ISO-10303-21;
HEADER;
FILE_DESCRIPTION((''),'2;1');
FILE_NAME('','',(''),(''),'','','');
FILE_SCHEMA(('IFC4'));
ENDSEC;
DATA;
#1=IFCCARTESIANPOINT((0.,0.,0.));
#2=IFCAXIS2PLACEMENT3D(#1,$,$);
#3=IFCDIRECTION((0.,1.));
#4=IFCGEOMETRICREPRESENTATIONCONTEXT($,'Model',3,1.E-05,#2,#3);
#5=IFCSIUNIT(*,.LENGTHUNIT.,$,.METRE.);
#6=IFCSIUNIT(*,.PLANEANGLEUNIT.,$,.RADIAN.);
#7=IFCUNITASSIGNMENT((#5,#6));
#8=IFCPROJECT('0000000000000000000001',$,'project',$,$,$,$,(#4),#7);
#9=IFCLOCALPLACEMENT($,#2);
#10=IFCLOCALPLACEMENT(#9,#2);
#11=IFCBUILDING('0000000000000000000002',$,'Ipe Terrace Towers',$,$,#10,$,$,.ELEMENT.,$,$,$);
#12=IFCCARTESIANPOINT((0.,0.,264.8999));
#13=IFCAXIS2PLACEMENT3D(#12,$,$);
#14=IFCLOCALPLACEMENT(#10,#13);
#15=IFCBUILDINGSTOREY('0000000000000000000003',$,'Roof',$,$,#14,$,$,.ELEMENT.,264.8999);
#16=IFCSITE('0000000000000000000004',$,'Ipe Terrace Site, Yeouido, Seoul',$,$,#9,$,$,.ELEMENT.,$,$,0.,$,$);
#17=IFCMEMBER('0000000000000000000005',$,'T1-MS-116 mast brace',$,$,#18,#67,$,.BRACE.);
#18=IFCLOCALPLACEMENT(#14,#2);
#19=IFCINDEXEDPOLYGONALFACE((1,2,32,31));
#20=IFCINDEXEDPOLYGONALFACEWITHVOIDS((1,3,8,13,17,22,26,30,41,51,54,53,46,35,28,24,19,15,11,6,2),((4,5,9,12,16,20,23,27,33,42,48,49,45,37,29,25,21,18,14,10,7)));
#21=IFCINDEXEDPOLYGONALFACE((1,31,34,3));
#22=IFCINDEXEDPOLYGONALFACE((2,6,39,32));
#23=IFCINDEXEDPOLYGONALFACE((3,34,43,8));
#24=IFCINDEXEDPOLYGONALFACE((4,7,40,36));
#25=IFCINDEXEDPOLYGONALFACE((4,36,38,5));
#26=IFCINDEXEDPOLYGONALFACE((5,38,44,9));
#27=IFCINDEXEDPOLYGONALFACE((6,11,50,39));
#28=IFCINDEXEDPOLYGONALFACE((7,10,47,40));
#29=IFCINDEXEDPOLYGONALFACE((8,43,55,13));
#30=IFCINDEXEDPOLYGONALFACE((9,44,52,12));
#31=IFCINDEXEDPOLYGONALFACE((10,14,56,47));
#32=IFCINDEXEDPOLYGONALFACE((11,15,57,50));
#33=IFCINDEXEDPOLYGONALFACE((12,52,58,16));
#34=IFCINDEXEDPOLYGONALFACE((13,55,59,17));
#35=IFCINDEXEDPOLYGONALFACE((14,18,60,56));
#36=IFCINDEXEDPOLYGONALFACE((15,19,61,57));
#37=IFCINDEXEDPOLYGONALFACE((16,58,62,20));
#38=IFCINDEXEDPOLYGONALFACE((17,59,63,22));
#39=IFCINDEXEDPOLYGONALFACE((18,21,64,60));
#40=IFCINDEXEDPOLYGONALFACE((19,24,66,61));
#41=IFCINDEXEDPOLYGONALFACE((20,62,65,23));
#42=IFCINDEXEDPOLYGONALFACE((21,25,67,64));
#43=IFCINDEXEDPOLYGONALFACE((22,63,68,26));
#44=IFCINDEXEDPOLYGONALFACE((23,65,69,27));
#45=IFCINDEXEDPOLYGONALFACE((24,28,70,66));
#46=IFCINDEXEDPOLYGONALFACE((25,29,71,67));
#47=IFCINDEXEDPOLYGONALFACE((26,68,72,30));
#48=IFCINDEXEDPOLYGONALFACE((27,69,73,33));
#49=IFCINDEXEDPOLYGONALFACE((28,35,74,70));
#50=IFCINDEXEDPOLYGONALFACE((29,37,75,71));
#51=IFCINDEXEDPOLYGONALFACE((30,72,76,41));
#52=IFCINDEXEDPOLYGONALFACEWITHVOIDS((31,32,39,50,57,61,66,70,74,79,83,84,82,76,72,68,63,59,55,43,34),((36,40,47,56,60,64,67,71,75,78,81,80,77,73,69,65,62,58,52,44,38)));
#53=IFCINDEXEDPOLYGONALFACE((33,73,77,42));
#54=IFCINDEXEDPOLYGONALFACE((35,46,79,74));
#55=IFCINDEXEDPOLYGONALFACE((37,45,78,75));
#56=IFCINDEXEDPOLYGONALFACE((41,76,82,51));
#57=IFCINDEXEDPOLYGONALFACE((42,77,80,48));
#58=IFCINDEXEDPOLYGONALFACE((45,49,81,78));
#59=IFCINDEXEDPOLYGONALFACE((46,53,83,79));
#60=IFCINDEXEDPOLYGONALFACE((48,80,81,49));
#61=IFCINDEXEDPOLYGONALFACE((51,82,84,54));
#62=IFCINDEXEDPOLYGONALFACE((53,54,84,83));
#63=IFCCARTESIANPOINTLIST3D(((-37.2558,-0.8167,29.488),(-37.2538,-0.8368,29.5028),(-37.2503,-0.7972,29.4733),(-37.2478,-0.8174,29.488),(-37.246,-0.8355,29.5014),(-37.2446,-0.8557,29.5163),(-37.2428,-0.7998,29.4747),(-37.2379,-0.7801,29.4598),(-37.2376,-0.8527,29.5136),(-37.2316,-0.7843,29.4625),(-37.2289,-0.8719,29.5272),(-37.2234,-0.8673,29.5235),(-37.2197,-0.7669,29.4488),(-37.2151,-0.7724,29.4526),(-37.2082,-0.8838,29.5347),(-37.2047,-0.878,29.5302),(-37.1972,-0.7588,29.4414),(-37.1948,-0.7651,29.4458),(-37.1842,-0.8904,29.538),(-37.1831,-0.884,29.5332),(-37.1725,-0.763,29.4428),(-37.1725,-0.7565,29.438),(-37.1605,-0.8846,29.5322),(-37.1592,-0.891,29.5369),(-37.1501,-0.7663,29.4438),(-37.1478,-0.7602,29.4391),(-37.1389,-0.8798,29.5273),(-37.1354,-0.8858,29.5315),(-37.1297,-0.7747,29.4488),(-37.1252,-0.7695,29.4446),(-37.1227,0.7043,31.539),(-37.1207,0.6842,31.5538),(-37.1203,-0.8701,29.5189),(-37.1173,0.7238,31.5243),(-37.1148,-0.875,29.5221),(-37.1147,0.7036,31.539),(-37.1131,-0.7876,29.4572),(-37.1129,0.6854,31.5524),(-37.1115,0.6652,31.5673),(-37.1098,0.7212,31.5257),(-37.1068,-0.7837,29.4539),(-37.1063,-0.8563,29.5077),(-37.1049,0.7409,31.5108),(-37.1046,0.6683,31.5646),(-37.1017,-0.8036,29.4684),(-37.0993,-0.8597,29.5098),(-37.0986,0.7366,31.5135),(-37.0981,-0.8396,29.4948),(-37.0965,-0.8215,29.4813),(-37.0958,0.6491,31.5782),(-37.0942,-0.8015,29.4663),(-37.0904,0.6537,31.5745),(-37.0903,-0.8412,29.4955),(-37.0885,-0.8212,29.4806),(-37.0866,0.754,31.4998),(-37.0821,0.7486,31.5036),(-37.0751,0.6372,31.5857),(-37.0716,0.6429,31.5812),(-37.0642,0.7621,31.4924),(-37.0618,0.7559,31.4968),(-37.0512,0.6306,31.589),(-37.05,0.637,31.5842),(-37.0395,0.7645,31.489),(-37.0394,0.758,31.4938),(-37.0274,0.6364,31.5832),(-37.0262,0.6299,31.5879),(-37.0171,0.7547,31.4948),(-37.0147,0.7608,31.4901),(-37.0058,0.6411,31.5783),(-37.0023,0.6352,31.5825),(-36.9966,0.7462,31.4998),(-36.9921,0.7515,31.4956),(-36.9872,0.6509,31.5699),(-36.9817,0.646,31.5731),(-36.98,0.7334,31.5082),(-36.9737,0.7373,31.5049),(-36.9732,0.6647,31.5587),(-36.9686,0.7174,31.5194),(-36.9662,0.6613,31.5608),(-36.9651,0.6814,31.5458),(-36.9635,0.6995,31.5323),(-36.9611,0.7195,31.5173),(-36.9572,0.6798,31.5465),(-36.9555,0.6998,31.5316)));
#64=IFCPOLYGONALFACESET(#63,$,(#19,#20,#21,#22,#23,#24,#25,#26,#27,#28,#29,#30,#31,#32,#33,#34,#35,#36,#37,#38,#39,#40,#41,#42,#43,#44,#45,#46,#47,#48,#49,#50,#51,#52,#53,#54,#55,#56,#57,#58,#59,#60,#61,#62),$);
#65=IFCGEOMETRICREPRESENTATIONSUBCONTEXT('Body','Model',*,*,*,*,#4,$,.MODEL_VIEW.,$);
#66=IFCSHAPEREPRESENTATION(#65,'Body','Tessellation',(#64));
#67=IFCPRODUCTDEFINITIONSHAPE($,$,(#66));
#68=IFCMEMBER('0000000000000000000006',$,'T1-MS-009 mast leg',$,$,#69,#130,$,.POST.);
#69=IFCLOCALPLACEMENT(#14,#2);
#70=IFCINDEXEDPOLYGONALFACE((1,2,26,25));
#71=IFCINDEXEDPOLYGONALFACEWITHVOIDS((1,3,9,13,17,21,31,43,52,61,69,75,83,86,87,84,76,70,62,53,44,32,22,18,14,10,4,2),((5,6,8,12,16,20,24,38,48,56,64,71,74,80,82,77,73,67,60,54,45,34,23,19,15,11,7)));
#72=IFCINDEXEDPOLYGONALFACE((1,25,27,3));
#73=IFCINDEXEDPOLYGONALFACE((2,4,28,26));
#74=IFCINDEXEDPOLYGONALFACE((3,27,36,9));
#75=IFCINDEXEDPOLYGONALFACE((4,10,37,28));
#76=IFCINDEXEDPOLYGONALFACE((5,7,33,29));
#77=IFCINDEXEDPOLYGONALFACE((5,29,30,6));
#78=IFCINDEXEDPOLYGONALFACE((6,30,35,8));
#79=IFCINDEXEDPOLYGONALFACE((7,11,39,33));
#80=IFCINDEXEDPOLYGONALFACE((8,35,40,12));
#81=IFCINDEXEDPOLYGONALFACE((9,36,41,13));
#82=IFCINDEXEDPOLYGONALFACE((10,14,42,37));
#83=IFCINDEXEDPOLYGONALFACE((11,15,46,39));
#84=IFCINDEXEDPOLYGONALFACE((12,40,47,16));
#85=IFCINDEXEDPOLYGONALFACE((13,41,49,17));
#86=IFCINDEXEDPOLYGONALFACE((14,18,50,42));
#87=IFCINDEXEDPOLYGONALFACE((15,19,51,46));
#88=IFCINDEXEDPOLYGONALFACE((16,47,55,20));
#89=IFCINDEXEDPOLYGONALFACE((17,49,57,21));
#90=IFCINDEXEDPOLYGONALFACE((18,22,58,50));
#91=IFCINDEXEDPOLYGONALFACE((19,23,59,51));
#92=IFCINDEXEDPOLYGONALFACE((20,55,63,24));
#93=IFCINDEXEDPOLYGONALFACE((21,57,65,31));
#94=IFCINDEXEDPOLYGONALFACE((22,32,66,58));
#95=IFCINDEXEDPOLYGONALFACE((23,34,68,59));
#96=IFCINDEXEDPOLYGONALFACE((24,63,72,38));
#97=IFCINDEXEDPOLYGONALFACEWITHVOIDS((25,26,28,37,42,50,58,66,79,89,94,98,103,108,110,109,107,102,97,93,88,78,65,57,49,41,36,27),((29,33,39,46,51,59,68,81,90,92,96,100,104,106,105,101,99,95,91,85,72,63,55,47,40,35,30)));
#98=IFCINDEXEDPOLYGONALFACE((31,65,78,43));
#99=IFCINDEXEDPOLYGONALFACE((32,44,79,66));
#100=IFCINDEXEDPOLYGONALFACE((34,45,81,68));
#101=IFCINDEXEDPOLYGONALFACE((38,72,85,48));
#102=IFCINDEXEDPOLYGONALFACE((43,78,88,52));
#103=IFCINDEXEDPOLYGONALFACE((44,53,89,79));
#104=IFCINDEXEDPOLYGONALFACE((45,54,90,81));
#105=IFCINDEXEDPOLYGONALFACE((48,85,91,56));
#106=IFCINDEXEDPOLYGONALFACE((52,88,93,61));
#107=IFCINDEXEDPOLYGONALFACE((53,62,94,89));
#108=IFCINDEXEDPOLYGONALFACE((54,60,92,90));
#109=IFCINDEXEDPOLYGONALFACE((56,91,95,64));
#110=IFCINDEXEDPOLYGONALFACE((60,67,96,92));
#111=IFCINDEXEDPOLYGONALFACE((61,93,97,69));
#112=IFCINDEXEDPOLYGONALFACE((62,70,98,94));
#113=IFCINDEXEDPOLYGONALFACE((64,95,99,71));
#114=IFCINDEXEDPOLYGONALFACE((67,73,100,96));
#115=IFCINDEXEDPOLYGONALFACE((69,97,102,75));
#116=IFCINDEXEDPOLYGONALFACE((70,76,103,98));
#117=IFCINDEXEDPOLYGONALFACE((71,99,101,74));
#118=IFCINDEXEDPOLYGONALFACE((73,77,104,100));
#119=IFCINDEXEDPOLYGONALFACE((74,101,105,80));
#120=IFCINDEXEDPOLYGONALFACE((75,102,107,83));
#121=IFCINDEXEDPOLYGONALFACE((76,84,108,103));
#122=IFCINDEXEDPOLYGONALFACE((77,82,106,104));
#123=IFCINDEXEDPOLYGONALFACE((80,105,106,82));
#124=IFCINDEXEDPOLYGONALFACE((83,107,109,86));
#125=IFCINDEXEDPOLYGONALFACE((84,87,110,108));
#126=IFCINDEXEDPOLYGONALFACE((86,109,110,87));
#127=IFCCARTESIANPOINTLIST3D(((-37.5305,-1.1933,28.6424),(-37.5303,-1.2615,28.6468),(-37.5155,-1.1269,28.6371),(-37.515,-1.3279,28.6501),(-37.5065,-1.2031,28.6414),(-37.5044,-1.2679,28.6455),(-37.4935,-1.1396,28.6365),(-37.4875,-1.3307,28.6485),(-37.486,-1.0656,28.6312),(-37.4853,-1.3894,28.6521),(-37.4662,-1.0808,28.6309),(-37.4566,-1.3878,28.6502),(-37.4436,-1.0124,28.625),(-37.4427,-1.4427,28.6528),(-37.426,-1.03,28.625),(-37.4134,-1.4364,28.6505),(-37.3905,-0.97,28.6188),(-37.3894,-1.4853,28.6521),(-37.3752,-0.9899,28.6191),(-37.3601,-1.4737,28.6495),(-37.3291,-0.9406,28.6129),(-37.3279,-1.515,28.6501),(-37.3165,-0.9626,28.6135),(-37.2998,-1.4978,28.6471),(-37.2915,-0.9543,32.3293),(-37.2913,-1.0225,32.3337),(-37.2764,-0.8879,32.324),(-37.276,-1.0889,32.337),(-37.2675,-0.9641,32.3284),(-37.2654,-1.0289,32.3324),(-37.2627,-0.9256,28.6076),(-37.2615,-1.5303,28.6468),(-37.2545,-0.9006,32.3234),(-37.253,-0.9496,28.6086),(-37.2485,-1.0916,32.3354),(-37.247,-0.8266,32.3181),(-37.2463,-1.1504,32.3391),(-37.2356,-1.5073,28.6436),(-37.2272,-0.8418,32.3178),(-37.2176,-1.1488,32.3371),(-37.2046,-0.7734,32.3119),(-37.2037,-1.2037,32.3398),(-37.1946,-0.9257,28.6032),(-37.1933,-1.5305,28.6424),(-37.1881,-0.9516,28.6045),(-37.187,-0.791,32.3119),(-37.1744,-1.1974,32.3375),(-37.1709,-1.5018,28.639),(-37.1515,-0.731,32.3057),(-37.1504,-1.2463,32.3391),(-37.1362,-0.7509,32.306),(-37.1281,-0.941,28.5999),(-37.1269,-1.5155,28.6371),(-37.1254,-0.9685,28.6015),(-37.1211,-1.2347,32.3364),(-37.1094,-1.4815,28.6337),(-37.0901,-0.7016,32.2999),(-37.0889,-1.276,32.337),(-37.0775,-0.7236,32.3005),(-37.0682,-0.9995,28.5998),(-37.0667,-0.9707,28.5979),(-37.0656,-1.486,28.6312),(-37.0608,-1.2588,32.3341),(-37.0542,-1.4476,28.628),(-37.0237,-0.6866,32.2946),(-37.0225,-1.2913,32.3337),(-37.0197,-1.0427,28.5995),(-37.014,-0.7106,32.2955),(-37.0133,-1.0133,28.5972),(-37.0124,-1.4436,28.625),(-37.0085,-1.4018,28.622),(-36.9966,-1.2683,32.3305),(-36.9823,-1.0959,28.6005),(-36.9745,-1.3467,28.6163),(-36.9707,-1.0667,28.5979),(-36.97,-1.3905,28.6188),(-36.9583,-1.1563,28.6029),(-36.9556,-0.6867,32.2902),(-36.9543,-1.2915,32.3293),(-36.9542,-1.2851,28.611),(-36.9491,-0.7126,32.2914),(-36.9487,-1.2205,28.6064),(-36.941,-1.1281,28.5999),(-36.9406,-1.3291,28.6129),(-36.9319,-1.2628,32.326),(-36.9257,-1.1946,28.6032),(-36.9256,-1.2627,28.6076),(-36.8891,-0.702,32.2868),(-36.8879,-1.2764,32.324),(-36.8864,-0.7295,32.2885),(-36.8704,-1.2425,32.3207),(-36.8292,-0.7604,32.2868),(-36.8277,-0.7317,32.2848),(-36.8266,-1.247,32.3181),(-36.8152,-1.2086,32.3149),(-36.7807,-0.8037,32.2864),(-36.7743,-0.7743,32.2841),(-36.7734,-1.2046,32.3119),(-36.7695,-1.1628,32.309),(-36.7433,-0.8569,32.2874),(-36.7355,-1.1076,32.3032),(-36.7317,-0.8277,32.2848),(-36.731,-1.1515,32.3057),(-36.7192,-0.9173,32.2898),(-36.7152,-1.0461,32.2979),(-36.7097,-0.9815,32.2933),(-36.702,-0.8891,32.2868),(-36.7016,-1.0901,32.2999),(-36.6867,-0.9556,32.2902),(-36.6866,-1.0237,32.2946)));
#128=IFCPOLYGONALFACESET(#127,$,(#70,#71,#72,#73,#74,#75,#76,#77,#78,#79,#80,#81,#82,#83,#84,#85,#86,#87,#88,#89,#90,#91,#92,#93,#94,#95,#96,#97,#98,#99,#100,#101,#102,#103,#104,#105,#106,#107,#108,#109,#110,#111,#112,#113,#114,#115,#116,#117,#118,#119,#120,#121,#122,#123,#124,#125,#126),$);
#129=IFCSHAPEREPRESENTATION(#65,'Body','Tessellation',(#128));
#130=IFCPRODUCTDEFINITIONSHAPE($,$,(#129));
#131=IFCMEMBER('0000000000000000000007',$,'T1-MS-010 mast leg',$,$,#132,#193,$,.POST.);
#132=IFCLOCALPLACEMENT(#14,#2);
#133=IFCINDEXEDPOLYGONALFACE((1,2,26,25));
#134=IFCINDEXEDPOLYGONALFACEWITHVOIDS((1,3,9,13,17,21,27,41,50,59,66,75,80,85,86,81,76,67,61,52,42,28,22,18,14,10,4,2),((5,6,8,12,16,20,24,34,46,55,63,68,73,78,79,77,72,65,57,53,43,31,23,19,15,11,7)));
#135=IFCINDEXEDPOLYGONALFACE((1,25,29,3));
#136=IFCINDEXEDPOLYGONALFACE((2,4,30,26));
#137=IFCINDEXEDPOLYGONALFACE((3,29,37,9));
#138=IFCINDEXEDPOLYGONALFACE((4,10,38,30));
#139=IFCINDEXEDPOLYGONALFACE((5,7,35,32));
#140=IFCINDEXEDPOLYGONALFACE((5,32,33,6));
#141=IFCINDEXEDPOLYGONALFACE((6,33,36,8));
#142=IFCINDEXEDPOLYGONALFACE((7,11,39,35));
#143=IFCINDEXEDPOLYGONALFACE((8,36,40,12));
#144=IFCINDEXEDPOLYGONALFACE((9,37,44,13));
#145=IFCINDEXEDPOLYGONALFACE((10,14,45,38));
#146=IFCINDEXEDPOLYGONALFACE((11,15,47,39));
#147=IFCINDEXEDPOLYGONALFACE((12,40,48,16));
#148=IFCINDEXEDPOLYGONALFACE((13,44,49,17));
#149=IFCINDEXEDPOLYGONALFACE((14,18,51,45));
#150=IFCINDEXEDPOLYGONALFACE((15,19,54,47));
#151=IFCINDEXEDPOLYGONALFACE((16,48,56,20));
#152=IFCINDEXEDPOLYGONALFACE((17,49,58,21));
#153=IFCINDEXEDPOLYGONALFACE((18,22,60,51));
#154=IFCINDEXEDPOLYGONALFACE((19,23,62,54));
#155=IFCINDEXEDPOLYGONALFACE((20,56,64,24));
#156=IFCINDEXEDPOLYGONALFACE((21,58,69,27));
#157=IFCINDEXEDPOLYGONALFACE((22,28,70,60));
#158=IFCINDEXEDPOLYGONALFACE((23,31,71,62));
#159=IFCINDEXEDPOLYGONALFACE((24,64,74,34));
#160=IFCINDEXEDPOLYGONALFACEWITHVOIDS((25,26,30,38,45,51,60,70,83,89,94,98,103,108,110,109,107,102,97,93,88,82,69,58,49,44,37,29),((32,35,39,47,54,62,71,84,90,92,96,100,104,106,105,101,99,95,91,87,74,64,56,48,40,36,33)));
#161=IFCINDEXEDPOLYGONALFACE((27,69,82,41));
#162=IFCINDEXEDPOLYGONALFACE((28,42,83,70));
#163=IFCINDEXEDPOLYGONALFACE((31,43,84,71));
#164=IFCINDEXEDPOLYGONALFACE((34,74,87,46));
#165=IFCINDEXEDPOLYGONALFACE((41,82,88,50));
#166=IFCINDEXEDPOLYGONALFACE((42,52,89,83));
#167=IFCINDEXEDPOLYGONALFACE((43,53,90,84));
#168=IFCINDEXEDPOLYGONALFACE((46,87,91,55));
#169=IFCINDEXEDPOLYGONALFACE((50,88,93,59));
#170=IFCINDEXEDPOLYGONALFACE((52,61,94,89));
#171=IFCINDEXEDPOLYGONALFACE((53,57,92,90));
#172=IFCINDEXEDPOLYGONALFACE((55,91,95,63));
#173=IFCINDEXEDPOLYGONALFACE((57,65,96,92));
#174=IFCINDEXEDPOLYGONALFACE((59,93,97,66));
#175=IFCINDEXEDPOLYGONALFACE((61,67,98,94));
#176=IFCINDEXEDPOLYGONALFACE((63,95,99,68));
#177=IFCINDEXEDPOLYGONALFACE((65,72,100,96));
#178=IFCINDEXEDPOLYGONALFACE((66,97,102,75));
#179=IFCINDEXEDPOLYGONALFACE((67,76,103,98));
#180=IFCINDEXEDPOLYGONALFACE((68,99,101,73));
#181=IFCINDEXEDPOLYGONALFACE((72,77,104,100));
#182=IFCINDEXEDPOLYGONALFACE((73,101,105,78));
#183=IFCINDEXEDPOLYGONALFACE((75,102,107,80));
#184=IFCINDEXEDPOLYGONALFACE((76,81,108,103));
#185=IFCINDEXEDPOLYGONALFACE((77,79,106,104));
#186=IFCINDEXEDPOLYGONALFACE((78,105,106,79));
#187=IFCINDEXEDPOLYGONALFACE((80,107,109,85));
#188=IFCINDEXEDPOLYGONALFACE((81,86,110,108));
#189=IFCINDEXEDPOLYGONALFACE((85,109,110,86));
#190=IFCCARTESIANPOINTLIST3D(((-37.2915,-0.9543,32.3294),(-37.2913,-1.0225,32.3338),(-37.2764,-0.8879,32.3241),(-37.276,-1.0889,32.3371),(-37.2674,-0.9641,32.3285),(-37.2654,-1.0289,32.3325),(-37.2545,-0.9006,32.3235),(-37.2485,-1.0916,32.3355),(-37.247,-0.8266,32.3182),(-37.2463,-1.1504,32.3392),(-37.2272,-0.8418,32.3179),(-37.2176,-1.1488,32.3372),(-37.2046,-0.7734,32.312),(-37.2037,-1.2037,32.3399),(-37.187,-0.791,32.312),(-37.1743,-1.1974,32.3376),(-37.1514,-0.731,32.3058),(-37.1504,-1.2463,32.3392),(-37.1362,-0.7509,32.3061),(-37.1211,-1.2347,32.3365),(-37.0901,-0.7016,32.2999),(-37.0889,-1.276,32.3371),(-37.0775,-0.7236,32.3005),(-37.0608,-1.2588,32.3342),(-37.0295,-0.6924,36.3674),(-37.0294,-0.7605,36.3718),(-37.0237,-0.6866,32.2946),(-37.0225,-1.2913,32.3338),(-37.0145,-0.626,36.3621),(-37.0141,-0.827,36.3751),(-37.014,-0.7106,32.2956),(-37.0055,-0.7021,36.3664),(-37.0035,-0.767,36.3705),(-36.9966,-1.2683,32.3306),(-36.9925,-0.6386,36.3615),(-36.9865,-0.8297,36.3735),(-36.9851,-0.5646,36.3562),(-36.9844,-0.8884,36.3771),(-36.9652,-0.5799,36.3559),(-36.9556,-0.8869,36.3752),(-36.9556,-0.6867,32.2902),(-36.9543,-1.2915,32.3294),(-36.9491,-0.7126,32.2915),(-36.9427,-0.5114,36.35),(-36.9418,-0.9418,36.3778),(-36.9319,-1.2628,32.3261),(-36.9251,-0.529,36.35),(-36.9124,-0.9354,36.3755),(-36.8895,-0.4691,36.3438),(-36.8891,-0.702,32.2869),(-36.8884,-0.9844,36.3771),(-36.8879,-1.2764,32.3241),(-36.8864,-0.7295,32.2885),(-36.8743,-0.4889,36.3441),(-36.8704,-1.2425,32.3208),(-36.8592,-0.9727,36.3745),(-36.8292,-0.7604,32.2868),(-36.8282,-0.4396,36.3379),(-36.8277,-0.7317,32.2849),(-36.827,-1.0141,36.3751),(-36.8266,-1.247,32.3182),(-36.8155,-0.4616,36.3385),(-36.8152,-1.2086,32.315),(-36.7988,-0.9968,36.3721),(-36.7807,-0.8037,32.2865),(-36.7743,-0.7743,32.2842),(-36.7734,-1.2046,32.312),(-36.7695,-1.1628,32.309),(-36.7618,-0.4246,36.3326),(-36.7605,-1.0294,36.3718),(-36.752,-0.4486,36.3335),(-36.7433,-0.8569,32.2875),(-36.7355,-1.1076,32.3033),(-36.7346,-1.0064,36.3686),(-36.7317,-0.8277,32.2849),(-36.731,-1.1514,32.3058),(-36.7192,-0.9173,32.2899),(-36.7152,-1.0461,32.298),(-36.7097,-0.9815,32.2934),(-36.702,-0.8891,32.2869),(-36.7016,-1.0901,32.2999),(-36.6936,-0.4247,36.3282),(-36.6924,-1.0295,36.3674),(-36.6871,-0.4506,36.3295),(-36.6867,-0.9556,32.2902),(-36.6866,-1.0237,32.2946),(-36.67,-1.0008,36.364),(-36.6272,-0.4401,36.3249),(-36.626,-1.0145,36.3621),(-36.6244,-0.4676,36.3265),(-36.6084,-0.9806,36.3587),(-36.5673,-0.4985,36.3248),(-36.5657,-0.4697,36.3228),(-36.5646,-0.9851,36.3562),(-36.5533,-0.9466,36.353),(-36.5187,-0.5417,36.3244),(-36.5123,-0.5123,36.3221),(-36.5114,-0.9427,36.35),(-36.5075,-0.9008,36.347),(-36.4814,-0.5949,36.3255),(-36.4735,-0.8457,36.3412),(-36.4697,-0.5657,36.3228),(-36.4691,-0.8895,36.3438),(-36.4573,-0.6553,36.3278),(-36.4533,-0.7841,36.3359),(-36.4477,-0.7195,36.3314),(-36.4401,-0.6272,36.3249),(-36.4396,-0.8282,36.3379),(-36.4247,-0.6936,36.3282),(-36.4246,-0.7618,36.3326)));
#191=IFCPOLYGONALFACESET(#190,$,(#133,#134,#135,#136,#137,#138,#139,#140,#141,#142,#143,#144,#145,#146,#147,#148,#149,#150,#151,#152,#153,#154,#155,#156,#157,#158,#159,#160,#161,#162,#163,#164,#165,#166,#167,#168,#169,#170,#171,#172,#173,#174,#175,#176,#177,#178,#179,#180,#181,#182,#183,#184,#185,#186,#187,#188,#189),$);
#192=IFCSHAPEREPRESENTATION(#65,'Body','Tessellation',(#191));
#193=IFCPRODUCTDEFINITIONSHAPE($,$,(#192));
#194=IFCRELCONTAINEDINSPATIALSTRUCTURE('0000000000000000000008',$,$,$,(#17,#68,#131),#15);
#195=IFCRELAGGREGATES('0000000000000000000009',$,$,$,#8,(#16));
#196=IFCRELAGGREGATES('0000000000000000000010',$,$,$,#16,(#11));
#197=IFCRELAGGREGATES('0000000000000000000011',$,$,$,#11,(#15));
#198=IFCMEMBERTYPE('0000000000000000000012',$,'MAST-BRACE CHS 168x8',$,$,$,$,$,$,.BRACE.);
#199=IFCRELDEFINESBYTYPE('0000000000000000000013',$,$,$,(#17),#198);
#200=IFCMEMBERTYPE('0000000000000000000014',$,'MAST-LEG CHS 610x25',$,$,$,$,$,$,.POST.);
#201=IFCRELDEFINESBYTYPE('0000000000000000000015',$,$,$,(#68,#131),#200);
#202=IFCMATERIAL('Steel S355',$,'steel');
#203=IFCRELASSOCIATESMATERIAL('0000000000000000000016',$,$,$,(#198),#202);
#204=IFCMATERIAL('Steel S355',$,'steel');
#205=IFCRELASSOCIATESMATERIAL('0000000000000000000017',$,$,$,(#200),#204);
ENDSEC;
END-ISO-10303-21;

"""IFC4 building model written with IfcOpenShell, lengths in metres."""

from ifc_helpers import new_model, si_unit, direction, frame, origin, origin_2d, place, context, subcontext, project, spatial, hollow_circle, extrude, material, material_profile, profile_set, type_object, element, save


model = new_model("IFC4")

# Units and contexts
model_context = context("Model", 3, precision=1e-05, world=origin(), true_north=direction((0.0, 1.0)))
body_context = subcontext(model_context, "Body", "Model", "MODEL_VIEW")
ifc_project = project(units=[si_unit("LENGTHUNIT", "METRE"), si_unit("PLANEANGLEUNIT", "RADIAN")], contexts=[model_context])

# Site, building, storey
site_placement = place(None, origin())
site = spatial("IfcSite", under=ifc_project, at=site_placement, Name="Ipe Terrace Site, Yeouido, Seoul", CompositionType="ELEMENT", RefElevation=0.0)
building_placement = place(site_placement, origin())
building = spatial("IfcBuilding", under=site, at=building_placement, Name="Ipe Terrace Towers", CompositionType="ELEMENT")
storey_placement = place(building_placement, frame((0.0, 0.0, 264.8999)))
storey = spatial("IfcBuildingStorey", under=building, at=storey_placement, Name="Roof", CompositionType="ELEMENT", Elevation=264.8999)

# Members
ifc_material_1 = material(Name="Steel S355", Category="steel")
ifc_material_profile_1 = material_profile(ifc_material_1, hollow_circle(Radius=0.084, WallThickness=0.0081, at=origin_2d()), Name="MAST-BRACE CHS 168x8")
ifc_profile_set_1 = profile_set([ifc_material_profile_1], Name="Steel S355")
member_type_1 = type_object("IfcMemberType", Name="MAST-BRACE CHS 168x8", PredefinedType="BRACE", material=ifc_profile_set_1)
for number, where, z_axis, x_axis, name in (
    (1, (-37.1721, -0.824, 29.488), (0.052038, 0.594855, 0.802147), (-0.996195, 0.087147, 0.0), "T1-MS-116 mast brace"),
):
    element("IfcMember", number, at=place(storey_placement, frame(where, z_axis=z_axis, x_axis=x_axis)), inside=storey, type_object=member_type_1, Name=name, PredefinedType="BRACE", context=body_context, shape_type="SweptSolid", body=[
        extrude(hollow_circle(Radius=0.084, WallThickness=0.0081, at=origin_2d()), origin(), (0.0, 0.0, 1.0), 2.5569),
    ])
ifc_material_2 = material(Name="Steel S355", Category="steel")
ifc_material_profile_2 = material_profile(ifc_material_2, hollow_circle(Radius=0.3049, WallThickness=0.0249, at=origin_2d()), Name="MAST-LEG CHS 610x25")
ifc_profile_set_2 = profile_set([ifc_material_profile_2], Name="Steel S355")
member_type_2 = type_object("IfcMemberType", Name="MAST-LEG CHS 610x25", PredefinedType="POST", material=ifc_profile_set_2)
member_1_placement = place(storey_placement, frame((-37.228, -1.228, 28.625), z_axis=(0.064555, 0.064555, 0.995824), x_axis=(-0.707107, 0.707107, 0.0)))
element("IfcMember", 2, at=member_1_placement, inside=storey, type_object=member_type_2, Name="T1-MS-009 mast leg", PredefinedType="POST", context=body_context, shape_type="SweptSolid", body=[
    extrude(hollow_circle(Radius=0.3049, WallThickness=0.0249, at=origin_2d()), origin(), (0.0, 0.0, 1.0), 3.7024),
])
member_2_placement = place(storey_placement, frame((-36.989, -0.989, 32.312), z_axis=(0.064602, 0.064602, 0.995818), x_axis=(-0.707107, 0.707107, 0.0)))
element("IfcMember", 3, at=member_2_placement, inside=storey, type_object=member_type_2, Name="T1-MS-010 mast leg", PredefinedType="POST", context=body_context, shape_type="SweptSolid", body=[
    extrude(hollow_circle(Radius=0.3049, WallThickness=0.0249, at=origin_2d()), origin(), (0.0, 0.0, 1.0), 4.0549),
])

save(model, "model.ifc")
